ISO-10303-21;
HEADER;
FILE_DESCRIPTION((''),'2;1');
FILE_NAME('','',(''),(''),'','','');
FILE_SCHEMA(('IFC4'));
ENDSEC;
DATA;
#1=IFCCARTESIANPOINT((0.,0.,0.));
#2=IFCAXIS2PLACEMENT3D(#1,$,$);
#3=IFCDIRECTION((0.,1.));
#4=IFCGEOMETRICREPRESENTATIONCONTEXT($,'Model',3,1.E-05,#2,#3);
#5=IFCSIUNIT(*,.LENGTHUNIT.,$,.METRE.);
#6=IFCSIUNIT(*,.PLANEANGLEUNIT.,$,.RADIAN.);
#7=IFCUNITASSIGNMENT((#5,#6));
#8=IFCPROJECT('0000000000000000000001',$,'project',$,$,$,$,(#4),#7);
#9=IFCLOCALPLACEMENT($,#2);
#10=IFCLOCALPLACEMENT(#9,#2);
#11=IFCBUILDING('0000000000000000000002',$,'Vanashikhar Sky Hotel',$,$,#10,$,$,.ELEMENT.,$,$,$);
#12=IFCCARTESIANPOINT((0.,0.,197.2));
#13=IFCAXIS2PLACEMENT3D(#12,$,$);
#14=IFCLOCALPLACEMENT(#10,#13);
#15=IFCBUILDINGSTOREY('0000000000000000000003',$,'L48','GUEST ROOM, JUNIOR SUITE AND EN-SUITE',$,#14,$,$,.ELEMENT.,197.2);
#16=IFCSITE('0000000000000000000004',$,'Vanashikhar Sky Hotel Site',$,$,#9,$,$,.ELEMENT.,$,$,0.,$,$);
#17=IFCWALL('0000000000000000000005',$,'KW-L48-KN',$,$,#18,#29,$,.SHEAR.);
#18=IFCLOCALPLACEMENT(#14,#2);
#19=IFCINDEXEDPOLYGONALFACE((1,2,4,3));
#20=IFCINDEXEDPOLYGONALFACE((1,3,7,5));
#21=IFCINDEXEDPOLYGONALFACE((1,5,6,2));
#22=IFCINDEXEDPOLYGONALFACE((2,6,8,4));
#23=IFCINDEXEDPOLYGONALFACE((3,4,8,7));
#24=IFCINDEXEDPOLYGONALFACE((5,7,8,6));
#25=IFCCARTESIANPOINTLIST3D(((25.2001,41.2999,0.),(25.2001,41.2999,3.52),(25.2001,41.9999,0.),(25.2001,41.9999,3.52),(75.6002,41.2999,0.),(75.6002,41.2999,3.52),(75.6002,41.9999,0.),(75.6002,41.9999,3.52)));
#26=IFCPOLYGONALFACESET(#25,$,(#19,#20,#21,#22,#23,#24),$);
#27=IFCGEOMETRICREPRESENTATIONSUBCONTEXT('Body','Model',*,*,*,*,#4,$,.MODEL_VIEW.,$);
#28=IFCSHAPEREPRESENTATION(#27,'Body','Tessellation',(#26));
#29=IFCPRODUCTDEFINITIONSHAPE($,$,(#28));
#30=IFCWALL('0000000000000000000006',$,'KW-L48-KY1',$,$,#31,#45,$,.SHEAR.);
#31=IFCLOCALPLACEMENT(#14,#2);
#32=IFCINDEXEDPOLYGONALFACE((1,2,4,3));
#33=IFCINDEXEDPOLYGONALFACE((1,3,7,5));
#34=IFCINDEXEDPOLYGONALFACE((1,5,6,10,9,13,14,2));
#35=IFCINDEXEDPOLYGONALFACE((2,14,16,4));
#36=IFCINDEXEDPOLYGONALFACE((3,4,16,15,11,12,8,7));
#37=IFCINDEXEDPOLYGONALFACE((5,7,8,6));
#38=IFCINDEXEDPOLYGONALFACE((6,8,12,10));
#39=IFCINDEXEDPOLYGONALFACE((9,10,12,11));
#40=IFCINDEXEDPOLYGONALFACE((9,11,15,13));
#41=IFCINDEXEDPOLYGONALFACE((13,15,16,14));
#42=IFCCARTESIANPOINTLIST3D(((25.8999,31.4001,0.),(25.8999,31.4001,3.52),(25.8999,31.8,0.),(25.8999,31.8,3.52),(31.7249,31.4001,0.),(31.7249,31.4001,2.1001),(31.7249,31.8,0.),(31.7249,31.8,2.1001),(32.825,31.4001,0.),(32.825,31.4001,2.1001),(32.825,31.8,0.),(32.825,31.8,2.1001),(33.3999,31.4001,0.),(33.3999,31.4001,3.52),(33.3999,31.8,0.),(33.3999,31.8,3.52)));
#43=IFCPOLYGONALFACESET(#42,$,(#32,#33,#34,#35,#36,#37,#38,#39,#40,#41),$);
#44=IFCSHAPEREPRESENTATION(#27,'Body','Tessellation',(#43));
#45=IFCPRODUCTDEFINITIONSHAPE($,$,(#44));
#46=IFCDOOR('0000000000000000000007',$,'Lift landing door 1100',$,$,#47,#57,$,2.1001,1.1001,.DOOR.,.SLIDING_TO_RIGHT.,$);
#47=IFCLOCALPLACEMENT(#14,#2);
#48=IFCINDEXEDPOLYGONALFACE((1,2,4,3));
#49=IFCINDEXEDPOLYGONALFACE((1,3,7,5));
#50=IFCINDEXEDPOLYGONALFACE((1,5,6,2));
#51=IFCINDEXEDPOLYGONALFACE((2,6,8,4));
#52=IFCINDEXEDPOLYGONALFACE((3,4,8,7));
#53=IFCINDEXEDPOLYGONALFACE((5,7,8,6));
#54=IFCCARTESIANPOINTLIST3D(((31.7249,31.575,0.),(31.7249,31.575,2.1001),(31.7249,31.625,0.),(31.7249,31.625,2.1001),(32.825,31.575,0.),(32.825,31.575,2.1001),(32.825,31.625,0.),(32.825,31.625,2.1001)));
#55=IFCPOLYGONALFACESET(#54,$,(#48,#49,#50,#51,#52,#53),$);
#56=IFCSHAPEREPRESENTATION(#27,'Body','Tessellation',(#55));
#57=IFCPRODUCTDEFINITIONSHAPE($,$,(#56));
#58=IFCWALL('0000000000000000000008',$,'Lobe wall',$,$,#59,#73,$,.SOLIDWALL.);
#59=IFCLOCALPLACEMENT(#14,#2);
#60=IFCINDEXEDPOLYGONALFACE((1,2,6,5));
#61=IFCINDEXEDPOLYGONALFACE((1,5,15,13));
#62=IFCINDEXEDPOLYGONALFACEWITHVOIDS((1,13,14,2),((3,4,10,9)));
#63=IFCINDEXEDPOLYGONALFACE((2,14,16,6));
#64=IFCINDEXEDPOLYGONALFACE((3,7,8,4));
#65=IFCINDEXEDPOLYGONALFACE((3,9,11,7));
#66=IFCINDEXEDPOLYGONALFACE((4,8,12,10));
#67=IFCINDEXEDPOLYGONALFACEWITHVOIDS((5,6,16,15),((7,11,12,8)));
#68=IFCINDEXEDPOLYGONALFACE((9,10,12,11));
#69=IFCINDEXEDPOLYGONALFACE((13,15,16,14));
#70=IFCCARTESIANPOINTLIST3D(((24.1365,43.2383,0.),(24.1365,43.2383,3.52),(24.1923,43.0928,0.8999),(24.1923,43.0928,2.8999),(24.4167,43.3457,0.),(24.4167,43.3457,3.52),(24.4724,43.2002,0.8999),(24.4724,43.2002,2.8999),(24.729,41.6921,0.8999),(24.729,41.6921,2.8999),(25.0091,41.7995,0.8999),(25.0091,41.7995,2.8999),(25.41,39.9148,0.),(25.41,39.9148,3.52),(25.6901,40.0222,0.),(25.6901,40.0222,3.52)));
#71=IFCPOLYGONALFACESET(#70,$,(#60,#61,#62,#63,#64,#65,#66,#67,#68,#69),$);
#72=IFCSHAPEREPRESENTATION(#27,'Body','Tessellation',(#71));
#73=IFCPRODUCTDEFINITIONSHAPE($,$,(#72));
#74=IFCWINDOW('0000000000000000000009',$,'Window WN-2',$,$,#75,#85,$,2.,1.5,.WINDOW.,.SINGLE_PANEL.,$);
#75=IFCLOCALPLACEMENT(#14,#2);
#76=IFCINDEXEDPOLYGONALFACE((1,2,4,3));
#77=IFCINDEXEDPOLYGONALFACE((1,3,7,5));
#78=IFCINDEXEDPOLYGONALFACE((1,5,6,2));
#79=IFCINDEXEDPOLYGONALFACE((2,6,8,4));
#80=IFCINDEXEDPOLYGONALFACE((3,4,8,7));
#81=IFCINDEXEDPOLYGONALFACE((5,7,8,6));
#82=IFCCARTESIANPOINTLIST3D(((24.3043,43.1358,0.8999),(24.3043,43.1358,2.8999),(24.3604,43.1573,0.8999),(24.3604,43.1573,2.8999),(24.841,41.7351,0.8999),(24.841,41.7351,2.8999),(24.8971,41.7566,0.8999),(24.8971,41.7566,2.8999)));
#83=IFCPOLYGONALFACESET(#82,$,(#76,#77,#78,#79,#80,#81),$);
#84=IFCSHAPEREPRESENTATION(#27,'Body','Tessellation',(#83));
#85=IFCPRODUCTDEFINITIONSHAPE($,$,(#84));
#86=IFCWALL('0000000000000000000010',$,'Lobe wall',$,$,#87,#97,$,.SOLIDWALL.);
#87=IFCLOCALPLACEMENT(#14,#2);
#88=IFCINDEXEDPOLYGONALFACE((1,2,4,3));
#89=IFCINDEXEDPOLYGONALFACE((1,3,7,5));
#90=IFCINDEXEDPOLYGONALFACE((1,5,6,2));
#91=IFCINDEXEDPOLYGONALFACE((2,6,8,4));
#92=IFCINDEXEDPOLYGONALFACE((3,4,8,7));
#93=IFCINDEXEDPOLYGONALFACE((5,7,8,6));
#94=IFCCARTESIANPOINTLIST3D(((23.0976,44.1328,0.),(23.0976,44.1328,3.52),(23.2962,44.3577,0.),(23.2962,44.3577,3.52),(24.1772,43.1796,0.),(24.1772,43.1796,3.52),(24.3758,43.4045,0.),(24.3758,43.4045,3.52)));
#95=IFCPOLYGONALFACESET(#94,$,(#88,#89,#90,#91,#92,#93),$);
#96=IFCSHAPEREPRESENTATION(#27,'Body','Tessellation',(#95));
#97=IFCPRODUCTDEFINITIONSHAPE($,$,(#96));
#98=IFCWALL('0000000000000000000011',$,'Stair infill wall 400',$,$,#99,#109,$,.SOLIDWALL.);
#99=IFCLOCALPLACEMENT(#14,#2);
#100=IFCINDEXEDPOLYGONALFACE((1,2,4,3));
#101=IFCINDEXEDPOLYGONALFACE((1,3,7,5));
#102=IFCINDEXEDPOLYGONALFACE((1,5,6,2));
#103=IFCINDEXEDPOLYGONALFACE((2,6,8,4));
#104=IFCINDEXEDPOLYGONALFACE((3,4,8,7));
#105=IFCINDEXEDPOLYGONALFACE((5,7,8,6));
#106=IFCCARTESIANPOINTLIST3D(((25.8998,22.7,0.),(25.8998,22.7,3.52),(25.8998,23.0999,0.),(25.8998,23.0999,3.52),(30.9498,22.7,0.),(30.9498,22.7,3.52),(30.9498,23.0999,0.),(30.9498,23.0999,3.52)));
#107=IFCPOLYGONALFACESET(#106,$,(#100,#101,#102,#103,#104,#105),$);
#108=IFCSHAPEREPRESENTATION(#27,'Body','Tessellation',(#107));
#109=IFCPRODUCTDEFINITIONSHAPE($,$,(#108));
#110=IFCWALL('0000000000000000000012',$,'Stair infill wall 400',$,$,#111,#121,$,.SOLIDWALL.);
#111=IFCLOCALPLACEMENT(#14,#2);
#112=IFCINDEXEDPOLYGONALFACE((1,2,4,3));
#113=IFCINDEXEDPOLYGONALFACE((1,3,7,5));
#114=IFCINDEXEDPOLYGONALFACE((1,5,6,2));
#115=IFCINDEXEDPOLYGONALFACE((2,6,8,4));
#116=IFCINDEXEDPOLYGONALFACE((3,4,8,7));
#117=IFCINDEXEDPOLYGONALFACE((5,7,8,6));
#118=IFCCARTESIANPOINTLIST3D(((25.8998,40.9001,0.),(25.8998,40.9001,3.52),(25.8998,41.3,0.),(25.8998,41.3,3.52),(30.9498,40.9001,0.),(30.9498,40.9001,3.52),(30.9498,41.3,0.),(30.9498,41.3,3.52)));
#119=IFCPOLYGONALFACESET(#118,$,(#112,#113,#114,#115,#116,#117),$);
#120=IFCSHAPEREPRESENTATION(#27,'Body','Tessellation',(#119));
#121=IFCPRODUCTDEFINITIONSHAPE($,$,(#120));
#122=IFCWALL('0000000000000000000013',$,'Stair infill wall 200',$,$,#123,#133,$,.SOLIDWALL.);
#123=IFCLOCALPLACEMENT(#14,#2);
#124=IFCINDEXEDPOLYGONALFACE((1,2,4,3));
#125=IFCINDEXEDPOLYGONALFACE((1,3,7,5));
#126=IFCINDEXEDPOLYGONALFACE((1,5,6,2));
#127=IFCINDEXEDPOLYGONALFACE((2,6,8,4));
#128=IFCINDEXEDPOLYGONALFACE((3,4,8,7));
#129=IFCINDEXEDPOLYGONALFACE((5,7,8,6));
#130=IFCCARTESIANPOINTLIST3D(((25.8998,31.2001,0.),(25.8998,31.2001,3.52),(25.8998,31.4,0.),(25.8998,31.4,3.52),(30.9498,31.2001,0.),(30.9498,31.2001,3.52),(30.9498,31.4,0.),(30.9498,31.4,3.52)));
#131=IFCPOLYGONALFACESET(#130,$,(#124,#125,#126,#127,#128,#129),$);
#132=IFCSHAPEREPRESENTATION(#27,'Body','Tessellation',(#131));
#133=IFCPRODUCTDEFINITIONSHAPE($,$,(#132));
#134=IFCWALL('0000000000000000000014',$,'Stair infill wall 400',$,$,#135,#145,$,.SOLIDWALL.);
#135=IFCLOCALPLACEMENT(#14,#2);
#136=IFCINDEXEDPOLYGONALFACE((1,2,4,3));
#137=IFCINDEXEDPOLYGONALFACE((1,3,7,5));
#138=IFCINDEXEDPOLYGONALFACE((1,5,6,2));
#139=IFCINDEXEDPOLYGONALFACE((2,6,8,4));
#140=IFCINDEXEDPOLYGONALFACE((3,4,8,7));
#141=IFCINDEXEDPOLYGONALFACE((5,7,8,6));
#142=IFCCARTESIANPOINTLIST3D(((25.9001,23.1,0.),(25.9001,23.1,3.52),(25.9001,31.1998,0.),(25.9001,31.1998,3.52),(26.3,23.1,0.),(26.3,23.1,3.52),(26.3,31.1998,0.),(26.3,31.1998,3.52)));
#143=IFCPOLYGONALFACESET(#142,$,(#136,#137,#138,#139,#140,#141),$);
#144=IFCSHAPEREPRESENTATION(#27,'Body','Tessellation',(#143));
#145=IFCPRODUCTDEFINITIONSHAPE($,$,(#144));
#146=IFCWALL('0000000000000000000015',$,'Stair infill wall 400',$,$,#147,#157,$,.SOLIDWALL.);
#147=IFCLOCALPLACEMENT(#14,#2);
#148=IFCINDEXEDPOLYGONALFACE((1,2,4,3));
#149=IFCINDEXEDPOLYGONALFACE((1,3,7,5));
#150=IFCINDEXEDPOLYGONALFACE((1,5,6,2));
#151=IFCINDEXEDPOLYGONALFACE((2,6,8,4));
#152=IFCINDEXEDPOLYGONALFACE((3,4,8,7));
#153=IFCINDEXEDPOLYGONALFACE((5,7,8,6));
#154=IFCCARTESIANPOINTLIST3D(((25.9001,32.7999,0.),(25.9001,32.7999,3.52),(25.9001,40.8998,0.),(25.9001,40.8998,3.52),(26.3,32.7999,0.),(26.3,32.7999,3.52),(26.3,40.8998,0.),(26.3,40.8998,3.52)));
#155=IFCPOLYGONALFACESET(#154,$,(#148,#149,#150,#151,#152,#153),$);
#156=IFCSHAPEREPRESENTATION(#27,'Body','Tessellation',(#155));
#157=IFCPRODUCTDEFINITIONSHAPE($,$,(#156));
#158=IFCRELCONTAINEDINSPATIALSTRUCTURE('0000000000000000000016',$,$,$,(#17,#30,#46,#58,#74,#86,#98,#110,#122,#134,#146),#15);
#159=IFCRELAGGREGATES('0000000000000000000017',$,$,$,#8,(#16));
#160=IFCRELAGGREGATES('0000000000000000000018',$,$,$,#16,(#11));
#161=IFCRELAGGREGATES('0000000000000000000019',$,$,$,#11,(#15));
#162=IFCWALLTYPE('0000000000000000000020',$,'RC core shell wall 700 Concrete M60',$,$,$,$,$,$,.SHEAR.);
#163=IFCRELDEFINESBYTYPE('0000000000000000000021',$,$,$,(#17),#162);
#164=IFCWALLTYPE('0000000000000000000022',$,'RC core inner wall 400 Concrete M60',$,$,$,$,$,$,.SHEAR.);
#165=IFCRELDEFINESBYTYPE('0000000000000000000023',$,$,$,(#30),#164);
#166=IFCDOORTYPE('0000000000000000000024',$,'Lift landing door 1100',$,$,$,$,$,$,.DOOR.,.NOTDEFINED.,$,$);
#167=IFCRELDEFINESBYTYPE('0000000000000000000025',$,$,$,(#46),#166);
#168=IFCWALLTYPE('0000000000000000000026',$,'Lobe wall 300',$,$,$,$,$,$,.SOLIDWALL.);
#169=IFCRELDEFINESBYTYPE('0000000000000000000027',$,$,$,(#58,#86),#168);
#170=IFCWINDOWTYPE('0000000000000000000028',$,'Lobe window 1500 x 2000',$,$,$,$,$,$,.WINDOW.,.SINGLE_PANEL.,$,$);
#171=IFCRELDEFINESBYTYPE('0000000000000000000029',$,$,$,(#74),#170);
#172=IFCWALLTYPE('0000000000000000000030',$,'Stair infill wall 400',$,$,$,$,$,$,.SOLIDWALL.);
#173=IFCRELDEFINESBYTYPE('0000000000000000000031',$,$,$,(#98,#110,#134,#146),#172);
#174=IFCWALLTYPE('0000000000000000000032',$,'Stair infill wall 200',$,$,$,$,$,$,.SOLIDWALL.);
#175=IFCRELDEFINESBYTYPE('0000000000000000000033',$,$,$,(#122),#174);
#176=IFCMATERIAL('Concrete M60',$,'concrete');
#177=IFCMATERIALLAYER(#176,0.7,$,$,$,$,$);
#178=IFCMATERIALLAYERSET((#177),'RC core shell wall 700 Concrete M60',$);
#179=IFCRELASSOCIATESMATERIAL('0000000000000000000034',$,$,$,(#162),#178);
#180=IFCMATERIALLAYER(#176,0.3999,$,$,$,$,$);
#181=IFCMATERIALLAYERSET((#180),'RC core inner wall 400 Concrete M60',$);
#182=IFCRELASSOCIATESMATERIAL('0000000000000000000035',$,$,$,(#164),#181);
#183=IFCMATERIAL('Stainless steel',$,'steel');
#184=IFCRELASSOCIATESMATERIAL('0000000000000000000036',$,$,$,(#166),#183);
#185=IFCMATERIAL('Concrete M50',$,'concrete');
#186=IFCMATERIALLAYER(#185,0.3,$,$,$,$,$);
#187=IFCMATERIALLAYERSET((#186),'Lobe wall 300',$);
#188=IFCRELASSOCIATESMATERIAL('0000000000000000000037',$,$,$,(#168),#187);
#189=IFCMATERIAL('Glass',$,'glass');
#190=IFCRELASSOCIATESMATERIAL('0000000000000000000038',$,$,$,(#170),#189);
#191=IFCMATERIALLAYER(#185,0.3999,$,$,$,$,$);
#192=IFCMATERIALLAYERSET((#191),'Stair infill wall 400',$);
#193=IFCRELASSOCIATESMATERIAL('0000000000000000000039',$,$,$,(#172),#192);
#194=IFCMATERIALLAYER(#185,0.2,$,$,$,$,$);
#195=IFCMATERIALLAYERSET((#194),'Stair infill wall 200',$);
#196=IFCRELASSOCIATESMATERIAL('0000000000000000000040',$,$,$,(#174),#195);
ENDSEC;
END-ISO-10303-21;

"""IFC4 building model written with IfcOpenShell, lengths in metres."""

from ifc_helpers import new_model, si_unit, direction, frame, frame_2d, origin, place, context, subcontext, project, spatial, rectangle, extrude, source, transform, mapped, material, layer, layer_set, type_object, element, fill, save


model = new_model("IFC4")

# Units and contexts
model_context = context("Model", 3, precision=1e-05, world=origin(), true_north=direction((0.0, 1.0)))
body_context = subcontext(model_context, "Body", "Model", "MODEL_VIEW")
ifc_project = project(units=[si_unit("LENGTHUNIT", "METRE"), si_unit("PLANEANGLEUNIT", "RADIAN")], contexts=[model_context])

# Site, building, storey
site_placement = place(None, origin())
site = spatial("IfcSite", under=ifc_project, at=site_placement, Name="Vanashikhar Sky Hotel Site", CompositionType="ELEMENT", RefElevation=0.0)
building_placement = place(site_placement, origin())
building = spatial("IfcBuilding", under=site, at=building_placement, Name="Vanashikhar Sky Hotel", CompositionType="ELEMENT")
storey_placement = place(building_placement, frame((0.0, 0.0, 197.2)))
storey = spatial("IfcBuildingStorey", under=building, at=storey_placement, Name="L48", Description="GUEST ROOM, JUNIOR SUITE AND EN-SUITE", CompositionType="ELEMENT", Elevation=197.2)

# Wall
ifc_material_1 = material(Name="Concrete M60", Category="concrete")
ifc_layer_1 = layer(ifc_material_1, 0.7)
ifc_layer_set_1 = layer_set([ifc_layer_1], Name="RC core shell wall 700 Concrete M60")
wall_type_1 = type_object("IfcWallType", Name="RC core shell wall 700 Concrete M60", PredefinedType="SHEAR", material=ifc_layer_set_1)
shared_shape_1 = source(origin(), body_context, "Body", "SweptSolid", [
    extrude(rectangle(XDim=50.4001, YDim=0.7, at=frame_2d((25.2002, 0.0))), origin(), (0.0, 0.0, 1.0), 3.52),
])
wall_1_placement = place(storey_placement, frame((25.2, 41.6499, 0.0), z_axis=(0.0, 0.0, 1.0), x_axis=(1.0, 0.0, 0.0)))
element("IfcWall", 1, at=wall_1_placement, inside=storey, type_object=wall_type_1, Name="KW-L48-KN", PredefinedType="SHEAR", context=body_context, shape_type="MappedRepresentation", body=[
    mapped(shared_shape_1, transform((0.0, 0.0, 0.0), scale=1.0)),
])

# Wall, opening, door
ifc_layer_2 = layer(ifc_material_1, 0.3999)
ifc_layer_set_2 = layer_set([ifc_layer_2], Name="RC core inner wall 400 Concrete M60")
wall_type_2 = type_object("IfcWallType", Name="RC core inner wall 400 Concrete M60", PredefinedType="SHEAR", material=ifc_layer_set_2)
shared_shape_2 = source(origin(), body_context, "Body", "SweptSolid", [
    extrude(rectangle(XDim=7.5, YDim=0.3999, at=frame_2d((3.75, 0.0))), origin(), (0.0, 0.0, 1.0), 3.52),
])
wall_2_placement = place(storey_placement, frame((25.8999, 31.6001, 0.0), z_axis=(0.0, 0.0, 1.0), x_axis=(1.0, 0.0, 0.0)))
wall_2 = element("IfcWall", 2, at=wall_2_placement, inside=storey, type_object=wall_type_2, Name="KW-L48-KY1", PredefinedType="SHEAR", context=body_context, shape_type="MappedRepresentation", body=[
    mapped(shared_shape_2, transform((0.0, 0.0, 0.0), scale=1.0)),
])
shared_shape_3 = source(origin(), body_context, "Body", "SweptSolid", [
    extrude(rectangle(XDim=1.1001, YDim=2.1001, at=frame_2d((0.55, 1.05))), frame((0.0, 0.21, 0.0), z_axis=(0.0, -1.0, 0.0), x_axis=(1.0, 0.0, 0.0)), (0.0, 0.0, 1.0), 0.4199),
])
opening_1_placement = place(wall_2_placement, frame((5.825, 0.0, 0.0)))
opening_1 = element("IfcOpeningElement", 3, at=opening_1_placement, cuts=wall_2, PredefinedType="OPENING", context=body_context, shape_type="MappedRepresentation", body=[
    mapped(shared_shape_3, transform((0.0, 0.0, 0.0), scale=1.0)),
])
ifc_material_2 = material(Name="Stainless steel", Category="steel")
door_type = type_object("IfcDoorType", Name="Lift landing door 1100", OperationType="NOTDEFINED", PredefinedType="DOOR", material=ifc_material_2)
shared_shape_4 = source(origin(), body_context, "Body", "SweptSolid", [
    extrude(rectangle(XDim=1.1001, YDim=2.1001, at=frame_2d((0.55, 1.05))), frame((0.0, 0.0249, 0.0), z_axis=(0.0, -1.0, 0.0), x_axis=(1.0, 0.0, 0.0)), (0.0, 0.0, 1.0), 0.05),
])
door_placement = place(opening_1_placement, origin())
door = element("IfcDoor", 4, at=door_placement, inside=storey, type_object=door_type, Name="Lift landing door 1100", OperationType="SLIDING_TO_RIGHT", OverallHeight=2.1001, OverallWidth=1.1001, PredefinedType="DOOR", context=body_context, shape_type="MappedRepresentation", body=[
    mapped(shared_shape_4, transform((0.0, 0.0, 0.0), scale=1.0)),
])
fill(opening_1, door)

# Wall, opening, window
ifc_material_3 = material(Name="Concrete M50", Category="concrete")
ifc_layer_3 = layer(ifc_material_3, 0.3)
ifc_layer_set_3 = layer_set([ifc_layer_3], Name="Lobe wall 300")
wall_type_3 = type_object("IfcWallType", Name="Lobe wall 300", PredefinedType="SOLIDWALL", material=ifc_layer_set_3)
shared_shape_5 = source(origin(), body_context, "Body", "SweptSolid", [
    extrude(rectangle(XDim=3.5591, YDim=0.3, at=frame_2d((1.7795, 0.0))), origin(), (0.0, 0.0, 1.0), 3.52),
])
wall_3_placement = place(storey_placement, frame((25.55, 39.9685, 0.0), z_axis=(0.0, 0.0, 1.0), x_axis=(-0.357797, 0.933799, 0.0)))
wall_3 = element("IfcWall", 5, at=wall_3_placement, inside=storey, type_object=wall_type_3, Name="Lobe wall", PredefinedType="SOLIDWALL", context=body_context, shape_type="MappedRepresentation", body=[
    mapped(shared_shape_5, transform((0.0, 0.0, 0.0), scale=1.0)),
])
shared_shape_6 = source(origin(), body_context, "Body", "SweptSolid", [
    extrude(rectangle(XDim=1.5, YDim=2.0, at=frame_2d((0.75, 1.0))), frame((0.0, 0.1602, 0.0), z_axis=(0.0, -1.0, 0.0), x_axis=(1.0, 0.0, 0.0)), (0.0, 0.0, 1.0), 0.3201),
])
opening_2_placement = place(wall_3_placement, frame((1.9033, 0.0, 0.8999)))
opening_2 = element("IfcOpeningElement", 6, at=opening_2_placement, cuts=wall_3, PredefinedType="OPENING", context=body_context, shape_type="MappedRepresentation", body=[
    mapped(shared_shape_6, transform((0.0, 0.0, 0.0), scale=1.0)),
])
ifc_material_4 = material(Name="Glass", Category="glass")
window_type = type_object("IfcWindowType", Name="Lobe window 1500 x 2000", PartitioningType="SINGLE_PANEL", PredefinedType="WINDOW", material=ifc_material_4)
shared_shape_7 = source(origin(), body_context, "Body", "SweptSolid", [
    extrude(rectangle(XDim=1.5, YDim=2.0, at=frame_2d((0.75, 1.0))), frame((0.0, 0.03, 0.0), z_axis=(0.0, -1.0, 0.0), x_axis=(1.0, 0.0, 0.0)), (0.0, 0.0, 1.0), 0.0601),
])
window_placement = place(opening_2_placement, origin())
window = element("IfcWindow", 7, at=window_placement, inside=storey, type_object=window_type, Name="Window WN-2", OverallHeight=2.0, OverallWidth=1.5, PartitioningType="SINGLE_PANEL", PredefinedType="WINDOW", context=body_context, shape_type="MappedRepresentation", body=[
    mapped(shared_shape_7, transform((0.0, 0.0, 0.0), scale=1.0)),
])
fill(opening_2, window)

# Walls
shared_shape_8 = source(origin(), body_context, "Body", "SweptSolid", [
    extrude(rectangle(XDim=1.4402, YDim=0.3, at=frame_2d((0.7202, 0.0))), origin(), (0.0, 0.0, 1.0), 3.52),
])
wall_4_placement = place(storey_placement, frame((24.2766, 43.292, 0.0), z_axis=(0.0, 0.0, 1.0), x_axis=(-0.74965, 0.661835, 0.0)))
element("IfcWall", 8, at=wall_4_placement, inside=storey, type_object=wall_type_3, Name="Lobe wall", PredefinedType="SOLIDWALL", context=body_context, shape_type="MappedRepresentation", body=[
    mapped(shared_shape_8, transform((0.0, 0.0, 0.0), scale=1.0)),
])
ifc_layer_4 = layer(ifc_material_3, 0.3999)
ifc_layer_set_4 = layer_set([ifc_layer_4], Name="Stair infill wall 400")
wall_type_4 = type_object("IfcWallType", Name="Stair infill wall 400", PredefinedType="SOLIDWALL", material=ifc_layer_set_4)
shared_shape_9 = source(origin(), body_context, "Body", "SweptSolid", [
    extrude(rectangle(XDim=5.05, YDim=0.3999, at=frame_2d((2.5249, 0.0))), origin(), (0.0, 0.0, 1.0), 3.52),
])
for number, where, z_axis, x_axis, name in (
    (9, (25.8999, 22.8999, 0.0), (0.0, 0.0, 1.0), (1.0, 0.0, 0.0), "Stair infill wall 400"),
    (10, (25.8999, 41.1001, 0.0), (0.0, 0.0, 1.0), (1.0, 0.0, 0.0), "Stair infill wall 400"),
):
    element("IfcWall", number, at=place(storey_placement, frame(where, z_axis=z_axis, x_axis=x_axis)), inside=storey, type_object=wall_type_4, Name=name, PredefinedType="SOLIDWALL", context=body_context, shape_type="MappedRepresentation", body=[
        mapped(shared_shape_9, transform((0.0, 0.0, 0.0), scale=1.0)),
    ])
ifc_layer_5 = layer(ifc_material_3, 0.2)
ifc_layer_set_5 = layer_set([ifc_layer_5], Name="Stair infill wall 200")
wall_type_5 = type_object("IfcWallType", Name="Stair infill wall 200", PredefinedType="SOLIDWALL", material=ifc_layer_set_5)
shared_shape_10 = source(origin(), body_context, "Body", "SweptSolid", [
    extrude(rectangle(XDim=5.05, YDim=0.2, at=frame_2d((2.5249, 0.0))), origin(), (0.0, 0.0, 1.0), 3.52),
])
wall_5_placement = place(storey_placement, frame((25.8999, 31.3, 0.0), z_axis=(0.0, 0.0, 1.0), x_axis=(1.0, 0.0, 0.0)))
element("IfcWall", 11, at=wall_5_placement, inside=storey, type_object=wall_type_5, Name="Stair infill wall 200", PredefinedType="SOLIDWALL", context=body_context, shape_type="MappedRepresentation", body=[
    mapped(shared_shape_10, transform((0.0, 0.0, 0.0), scale=1.0)),
])
shared_shape_11 = source(origin(), body_context, "Body", "SweptSolid", [
    extrude(rectangle(XDim=8.0999, YDim=0.3999, at=frame_2d((4.0498, 0.0))), origin(), (0.0, 0.0, 1.0), 3.52),
])
for number, where, z_axis, x_axis, name in (
    (12, (26.1001, 23.1001, 0.0), (0.0, 0.0, 1.0), (0.0, 1.0, 0.0), "Stair infill wall 400"),
    (13, (26.1001, 32.8, 0.0), (0.0, 0.0, 1.0), (0.0, 1.0, 0.0), "Stair infill wall 400"),
):
    element("IfcWall", number, at=place(storey_placement, frame(where, z_axis=z_axis, x_axis=x_axis)), inside=storey, type_object=wall_type_4, Name=name, PredefinedType="SOLIDWALL", context=body_context, shape_type="MappedRepresentation", body=[
        mapped(shared_shape_11, transform((0.0, 0.0, 0.0), scale=1.0)),
    ])

save(model, "model.ifc")
